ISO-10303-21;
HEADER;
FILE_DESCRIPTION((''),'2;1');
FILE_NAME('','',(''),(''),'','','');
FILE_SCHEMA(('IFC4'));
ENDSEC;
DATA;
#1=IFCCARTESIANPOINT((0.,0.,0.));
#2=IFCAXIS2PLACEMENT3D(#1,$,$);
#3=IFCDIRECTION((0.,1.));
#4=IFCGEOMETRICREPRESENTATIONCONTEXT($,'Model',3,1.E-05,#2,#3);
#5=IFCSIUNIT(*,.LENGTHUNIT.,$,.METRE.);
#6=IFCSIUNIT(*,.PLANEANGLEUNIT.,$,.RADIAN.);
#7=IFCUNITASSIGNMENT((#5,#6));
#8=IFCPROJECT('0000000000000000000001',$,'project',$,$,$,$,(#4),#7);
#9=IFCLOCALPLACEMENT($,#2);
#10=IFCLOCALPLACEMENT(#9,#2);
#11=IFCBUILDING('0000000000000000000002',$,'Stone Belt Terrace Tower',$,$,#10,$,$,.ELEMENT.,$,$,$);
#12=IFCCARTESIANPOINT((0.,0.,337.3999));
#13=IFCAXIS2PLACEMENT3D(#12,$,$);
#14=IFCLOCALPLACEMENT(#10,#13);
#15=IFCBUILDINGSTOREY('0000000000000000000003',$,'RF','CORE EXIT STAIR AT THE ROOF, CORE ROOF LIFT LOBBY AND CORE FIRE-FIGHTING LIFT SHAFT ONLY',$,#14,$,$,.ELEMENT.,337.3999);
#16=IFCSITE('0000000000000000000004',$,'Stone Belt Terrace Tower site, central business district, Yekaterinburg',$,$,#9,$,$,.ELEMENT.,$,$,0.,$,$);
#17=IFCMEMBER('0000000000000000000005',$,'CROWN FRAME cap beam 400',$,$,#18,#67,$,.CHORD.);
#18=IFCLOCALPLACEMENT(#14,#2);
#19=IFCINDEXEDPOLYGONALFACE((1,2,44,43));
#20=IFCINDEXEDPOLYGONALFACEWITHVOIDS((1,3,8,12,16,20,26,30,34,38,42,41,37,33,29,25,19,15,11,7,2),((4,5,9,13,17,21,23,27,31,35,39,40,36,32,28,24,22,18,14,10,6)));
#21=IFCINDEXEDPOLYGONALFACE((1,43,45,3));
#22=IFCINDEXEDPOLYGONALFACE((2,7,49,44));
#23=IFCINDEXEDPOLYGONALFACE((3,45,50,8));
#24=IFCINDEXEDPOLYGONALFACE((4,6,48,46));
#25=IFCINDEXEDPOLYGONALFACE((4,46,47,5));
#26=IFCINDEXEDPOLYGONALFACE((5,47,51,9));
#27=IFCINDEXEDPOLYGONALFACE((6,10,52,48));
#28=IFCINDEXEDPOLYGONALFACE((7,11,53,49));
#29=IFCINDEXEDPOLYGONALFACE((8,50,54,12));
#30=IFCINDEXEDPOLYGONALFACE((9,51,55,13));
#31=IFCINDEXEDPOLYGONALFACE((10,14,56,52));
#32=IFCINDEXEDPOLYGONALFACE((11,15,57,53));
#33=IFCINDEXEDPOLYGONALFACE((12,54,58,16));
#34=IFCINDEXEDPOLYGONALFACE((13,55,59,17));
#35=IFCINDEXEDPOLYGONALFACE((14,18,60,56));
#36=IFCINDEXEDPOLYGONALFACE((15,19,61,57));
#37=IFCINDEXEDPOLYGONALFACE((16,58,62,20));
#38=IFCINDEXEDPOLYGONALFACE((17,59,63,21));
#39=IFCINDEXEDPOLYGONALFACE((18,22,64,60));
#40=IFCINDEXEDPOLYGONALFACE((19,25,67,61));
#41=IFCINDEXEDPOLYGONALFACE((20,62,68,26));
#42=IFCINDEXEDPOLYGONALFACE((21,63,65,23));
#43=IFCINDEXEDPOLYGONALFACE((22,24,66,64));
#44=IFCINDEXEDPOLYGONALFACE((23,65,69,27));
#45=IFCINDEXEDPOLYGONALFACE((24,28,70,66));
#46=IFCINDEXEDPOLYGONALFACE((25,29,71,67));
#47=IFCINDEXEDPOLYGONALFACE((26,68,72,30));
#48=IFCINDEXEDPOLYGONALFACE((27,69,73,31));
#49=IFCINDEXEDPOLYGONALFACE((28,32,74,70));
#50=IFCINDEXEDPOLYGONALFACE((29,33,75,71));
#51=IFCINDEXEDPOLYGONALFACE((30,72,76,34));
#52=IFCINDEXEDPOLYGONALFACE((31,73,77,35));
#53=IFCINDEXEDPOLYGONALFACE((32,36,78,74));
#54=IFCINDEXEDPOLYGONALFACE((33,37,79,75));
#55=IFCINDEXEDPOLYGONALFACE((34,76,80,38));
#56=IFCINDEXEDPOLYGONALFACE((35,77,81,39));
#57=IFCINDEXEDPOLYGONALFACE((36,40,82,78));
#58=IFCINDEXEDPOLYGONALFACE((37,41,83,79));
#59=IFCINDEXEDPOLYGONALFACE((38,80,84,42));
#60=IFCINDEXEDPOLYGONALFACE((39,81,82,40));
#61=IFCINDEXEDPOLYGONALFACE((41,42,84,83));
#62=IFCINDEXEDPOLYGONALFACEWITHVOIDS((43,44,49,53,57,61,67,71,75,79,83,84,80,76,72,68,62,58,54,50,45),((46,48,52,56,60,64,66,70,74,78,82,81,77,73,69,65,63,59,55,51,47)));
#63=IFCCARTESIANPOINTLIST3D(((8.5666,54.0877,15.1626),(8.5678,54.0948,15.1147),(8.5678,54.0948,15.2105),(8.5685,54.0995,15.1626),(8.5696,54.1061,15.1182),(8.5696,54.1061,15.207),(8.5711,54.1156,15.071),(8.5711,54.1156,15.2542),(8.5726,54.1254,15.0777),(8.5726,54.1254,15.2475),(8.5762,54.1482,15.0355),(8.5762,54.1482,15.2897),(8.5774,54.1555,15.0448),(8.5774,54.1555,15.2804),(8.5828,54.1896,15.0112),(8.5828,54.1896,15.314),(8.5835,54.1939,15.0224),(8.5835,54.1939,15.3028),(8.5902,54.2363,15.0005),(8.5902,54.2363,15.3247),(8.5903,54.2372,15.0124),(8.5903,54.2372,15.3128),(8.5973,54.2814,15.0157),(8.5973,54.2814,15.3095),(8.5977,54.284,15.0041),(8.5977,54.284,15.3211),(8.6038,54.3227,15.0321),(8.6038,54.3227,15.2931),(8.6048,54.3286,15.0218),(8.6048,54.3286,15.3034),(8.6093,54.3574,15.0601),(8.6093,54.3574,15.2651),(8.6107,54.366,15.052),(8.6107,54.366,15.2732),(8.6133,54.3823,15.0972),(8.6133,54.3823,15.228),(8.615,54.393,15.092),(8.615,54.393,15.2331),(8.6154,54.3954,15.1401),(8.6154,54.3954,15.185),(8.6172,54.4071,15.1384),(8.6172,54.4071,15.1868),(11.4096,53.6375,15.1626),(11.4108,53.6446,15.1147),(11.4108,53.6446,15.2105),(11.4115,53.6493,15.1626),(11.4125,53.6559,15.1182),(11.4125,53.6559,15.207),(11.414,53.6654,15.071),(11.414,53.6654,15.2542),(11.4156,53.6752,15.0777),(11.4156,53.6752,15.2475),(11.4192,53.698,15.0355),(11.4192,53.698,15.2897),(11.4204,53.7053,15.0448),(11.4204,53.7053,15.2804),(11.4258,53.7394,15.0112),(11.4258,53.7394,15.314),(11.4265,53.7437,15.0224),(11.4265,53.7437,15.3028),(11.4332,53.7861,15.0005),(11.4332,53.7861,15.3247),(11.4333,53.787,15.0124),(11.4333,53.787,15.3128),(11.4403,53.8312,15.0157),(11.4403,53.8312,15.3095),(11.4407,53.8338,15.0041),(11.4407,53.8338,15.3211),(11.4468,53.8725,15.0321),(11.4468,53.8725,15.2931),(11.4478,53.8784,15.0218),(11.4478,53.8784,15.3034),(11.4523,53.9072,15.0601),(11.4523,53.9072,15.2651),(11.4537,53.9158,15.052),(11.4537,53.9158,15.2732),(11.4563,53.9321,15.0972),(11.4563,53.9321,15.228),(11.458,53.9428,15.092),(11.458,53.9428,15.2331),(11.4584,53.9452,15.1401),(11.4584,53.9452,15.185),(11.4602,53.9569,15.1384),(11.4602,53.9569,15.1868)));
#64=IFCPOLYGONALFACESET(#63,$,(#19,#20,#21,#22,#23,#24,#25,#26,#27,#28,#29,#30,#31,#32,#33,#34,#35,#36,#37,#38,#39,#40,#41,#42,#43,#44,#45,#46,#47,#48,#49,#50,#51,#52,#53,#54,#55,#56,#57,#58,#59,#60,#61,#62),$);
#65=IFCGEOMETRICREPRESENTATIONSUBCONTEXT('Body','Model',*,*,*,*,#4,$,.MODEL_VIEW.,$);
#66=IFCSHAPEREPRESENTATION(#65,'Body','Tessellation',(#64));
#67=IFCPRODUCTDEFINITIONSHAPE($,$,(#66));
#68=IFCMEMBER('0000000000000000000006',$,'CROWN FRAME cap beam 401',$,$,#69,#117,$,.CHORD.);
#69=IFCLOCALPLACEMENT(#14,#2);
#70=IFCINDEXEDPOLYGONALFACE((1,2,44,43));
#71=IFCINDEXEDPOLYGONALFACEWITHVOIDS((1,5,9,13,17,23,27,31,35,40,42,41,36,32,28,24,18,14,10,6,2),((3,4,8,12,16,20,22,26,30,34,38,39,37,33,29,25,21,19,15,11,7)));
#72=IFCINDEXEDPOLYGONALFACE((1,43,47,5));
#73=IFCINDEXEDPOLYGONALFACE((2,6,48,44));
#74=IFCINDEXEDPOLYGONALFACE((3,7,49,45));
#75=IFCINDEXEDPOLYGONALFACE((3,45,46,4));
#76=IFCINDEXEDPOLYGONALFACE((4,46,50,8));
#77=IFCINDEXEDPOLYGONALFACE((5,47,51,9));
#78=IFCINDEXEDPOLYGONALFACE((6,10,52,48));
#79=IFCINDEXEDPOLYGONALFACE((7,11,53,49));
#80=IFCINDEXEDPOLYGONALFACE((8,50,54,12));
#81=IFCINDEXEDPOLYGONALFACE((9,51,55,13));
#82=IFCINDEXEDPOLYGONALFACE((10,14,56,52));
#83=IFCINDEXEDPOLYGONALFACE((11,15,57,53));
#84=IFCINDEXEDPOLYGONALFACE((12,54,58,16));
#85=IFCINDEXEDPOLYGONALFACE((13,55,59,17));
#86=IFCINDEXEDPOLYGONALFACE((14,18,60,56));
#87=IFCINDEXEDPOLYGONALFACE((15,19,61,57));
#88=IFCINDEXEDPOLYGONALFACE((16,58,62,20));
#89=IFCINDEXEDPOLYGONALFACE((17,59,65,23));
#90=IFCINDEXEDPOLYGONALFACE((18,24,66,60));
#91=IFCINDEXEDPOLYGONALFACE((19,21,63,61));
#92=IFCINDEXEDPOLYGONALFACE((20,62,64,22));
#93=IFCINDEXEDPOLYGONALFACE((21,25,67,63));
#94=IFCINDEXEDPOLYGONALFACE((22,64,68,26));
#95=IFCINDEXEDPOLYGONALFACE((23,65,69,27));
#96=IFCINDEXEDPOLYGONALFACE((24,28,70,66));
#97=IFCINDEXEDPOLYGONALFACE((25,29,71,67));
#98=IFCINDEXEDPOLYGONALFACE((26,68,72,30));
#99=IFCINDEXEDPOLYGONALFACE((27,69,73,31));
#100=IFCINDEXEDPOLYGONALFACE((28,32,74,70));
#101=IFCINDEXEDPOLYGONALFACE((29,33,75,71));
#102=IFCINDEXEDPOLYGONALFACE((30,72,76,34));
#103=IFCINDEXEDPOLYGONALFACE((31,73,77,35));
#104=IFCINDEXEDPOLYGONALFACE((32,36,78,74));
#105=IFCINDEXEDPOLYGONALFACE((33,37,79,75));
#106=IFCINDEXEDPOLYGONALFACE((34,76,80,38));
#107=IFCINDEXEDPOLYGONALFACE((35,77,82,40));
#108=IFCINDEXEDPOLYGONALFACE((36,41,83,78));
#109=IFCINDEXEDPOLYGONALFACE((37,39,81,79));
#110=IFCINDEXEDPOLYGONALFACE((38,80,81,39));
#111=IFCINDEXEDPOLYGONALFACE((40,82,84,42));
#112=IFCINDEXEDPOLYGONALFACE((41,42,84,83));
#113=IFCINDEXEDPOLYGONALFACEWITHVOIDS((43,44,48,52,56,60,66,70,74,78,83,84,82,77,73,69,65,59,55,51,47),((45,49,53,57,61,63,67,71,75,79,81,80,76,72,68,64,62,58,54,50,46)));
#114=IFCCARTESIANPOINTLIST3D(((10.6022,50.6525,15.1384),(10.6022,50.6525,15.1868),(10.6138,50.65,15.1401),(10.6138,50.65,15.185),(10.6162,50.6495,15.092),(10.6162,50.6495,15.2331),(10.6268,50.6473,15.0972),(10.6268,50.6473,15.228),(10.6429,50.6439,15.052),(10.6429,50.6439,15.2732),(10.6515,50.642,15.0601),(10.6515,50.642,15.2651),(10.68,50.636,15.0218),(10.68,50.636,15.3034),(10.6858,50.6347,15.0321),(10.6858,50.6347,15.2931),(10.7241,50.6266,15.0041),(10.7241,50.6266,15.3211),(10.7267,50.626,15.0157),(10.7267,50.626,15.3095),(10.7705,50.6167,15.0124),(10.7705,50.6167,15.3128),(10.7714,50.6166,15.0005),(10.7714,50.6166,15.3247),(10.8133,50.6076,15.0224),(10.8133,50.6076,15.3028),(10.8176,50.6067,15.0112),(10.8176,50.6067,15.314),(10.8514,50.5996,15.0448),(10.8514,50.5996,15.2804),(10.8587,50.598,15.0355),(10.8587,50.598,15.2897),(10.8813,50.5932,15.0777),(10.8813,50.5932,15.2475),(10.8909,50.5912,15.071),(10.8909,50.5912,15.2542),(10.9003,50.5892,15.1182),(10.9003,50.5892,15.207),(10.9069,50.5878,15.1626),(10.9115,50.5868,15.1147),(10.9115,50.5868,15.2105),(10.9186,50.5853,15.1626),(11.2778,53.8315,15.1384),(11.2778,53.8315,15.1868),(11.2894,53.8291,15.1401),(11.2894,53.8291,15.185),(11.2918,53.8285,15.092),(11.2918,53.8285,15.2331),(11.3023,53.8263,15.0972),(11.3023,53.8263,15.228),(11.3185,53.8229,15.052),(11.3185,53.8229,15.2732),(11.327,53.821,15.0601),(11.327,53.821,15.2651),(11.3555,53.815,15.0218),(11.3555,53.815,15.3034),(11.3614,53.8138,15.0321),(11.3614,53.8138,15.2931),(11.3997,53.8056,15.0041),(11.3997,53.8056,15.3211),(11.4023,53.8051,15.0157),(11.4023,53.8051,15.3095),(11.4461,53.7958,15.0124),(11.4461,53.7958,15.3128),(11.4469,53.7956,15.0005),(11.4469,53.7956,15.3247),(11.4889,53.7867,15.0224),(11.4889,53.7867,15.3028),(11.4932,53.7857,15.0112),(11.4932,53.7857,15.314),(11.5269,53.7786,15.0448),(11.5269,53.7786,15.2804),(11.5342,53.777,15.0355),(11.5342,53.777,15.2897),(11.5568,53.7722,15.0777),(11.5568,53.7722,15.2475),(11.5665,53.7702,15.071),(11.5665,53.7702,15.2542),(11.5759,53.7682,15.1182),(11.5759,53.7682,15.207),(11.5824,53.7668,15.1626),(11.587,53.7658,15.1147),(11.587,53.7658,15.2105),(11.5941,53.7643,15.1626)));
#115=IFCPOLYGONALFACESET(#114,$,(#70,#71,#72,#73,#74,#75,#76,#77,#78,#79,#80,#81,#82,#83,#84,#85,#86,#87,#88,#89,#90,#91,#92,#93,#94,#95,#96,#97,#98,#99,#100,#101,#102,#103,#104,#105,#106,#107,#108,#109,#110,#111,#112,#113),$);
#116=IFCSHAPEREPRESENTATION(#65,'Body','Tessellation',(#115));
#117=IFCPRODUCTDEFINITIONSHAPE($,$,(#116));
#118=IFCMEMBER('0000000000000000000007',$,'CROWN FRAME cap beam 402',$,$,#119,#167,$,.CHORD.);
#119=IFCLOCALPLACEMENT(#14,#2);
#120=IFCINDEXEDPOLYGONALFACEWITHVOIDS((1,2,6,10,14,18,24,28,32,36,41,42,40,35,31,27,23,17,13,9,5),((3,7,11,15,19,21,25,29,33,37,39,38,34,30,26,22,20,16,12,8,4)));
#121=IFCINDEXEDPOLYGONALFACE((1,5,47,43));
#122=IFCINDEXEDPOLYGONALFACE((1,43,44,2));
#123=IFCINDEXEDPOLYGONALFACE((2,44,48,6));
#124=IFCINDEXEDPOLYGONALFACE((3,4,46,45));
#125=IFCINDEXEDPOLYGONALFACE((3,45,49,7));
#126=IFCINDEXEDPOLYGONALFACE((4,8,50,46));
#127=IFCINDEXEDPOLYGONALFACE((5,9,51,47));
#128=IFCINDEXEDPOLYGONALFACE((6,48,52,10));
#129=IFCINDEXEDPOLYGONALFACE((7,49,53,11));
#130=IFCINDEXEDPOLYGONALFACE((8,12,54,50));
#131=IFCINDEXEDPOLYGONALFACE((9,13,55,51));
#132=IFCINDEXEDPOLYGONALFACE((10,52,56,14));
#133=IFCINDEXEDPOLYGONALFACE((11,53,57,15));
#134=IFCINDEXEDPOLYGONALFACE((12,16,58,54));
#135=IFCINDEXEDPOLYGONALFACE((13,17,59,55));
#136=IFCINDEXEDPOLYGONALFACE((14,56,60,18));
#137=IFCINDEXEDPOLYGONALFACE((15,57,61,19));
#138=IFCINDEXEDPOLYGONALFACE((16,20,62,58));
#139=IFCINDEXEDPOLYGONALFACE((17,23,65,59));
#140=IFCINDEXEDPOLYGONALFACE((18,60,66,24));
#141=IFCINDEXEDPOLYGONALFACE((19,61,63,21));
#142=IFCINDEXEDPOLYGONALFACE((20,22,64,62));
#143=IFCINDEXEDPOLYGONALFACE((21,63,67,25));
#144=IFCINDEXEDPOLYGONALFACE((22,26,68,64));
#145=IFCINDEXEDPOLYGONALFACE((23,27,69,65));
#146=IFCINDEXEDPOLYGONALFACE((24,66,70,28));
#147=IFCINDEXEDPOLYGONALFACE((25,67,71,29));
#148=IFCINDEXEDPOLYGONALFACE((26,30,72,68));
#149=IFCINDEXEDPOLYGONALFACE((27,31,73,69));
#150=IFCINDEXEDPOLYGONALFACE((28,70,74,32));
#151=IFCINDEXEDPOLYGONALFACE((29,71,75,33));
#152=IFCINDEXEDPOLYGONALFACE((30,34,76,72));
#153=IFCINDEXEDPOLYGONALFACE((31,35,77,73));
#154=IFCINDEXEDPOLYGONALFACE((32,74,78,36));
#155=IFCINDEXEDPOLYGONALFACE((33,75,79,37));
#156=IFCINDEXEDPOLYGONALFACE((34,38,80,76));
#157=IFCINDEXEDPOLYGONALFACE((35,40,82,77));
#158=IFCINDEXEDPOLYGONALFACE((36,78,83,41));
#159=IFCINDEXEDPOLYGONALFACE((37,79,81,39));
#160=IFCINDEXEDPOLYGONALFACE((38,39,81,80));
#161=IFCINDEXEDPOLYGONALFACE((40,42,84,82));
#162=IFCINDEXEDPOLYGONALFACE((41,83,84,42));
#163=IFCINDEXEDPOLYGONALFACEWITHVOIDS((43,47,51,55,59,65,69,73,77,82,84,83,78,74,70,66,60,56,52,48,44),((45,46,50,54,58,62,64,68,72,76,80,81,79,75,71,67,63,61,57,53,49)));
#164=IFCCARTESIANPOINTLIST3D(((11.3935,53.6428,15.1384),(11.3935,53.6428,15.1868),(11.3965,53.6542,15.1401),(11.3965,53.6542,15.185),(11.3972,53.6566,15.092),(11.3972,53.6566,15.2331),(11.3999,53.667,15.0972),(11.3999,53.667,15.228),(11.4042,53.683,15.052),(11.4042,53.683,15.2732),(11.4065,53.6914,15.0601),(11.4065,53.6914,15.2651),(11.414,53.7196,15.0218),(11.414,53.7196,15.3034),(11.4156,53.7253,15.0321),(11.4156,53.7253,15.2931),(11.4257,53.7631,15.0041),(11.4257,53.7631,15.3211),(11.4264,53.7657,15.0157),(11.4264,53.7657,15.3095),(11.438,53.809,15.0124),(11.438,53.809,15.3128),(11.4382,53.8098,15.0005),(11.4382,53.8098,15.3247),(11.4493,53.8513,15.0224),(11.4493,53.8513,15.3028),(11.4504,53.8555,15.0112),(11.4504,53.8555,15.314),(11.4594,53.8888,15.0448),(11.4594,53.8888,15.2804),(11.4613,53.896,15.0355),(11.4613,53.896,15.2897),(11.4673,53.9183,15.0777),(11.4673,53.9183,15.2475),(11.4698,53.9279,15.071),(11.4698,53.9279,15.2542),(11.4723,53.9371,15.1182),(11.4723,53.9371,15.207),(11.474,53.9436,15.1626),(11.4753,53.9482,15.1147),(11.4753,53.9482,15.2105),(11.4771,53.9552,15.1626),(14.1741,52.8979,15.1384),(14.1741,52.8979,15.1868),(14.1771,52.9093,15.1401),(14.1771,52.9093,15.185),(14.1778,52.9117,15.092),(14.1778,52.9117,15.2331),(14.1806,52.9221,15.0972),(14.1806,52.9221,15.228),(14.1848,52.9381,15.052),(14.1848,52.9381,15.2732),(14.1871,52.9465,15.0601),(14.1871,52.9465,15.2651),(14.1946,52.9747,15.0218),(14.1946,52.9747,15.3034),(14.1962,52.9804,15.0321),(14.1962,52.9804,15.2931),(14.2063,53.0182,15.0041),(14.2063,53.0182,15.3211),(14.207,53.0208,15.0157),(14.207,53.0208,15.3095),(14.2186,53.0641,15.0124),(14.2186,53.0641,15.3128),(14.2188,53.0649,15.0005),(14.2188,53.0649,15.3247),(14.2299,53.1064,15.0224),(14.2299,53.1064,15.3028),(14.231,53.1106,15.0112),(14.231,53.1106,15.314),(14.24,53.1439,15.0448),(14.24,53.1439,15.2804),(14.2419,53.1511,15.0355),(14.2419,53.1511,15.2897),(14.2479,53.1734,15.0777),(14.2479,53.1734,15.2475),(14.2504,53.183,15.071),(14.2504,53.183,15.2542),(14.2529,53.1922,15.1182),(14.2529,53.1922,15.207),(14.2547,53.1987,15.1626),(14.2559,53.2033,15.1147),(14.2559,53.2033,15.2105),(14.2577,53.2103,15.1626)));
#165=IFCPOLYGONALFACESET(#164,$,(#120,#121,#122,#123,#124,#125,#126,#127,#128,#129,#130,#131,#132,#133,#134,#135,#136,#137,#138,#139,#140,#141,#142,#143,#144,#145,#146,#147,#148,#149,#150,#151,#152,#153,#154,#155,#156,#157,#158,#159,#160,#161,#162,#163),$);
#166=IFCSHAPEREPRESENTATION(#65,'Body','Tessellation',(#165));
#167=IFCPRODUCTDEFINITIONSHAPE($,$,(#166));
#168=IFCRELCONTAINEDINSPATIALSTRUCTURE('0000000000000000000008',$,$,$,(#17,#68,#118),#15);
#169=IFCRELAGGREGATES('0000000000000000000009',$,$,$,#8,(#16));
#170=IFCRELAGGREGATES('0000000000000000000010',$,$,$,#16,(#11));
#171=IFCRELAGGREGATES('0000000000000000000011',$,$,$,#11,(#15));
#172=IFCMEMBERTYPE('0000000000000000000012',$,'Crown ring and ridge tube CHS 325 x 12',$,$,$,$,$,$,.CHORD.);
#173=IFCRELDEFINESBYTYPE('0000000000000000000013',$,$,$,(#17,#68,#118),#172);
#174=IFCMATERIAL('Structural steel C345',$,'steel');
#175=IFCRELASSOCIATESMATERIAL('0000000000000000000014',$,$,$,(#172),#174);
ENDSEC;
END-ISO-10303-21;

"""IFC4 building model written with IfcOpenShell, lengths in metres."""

from ifc_helpers import new_model, si_unit, direction, frame, origin, origin_2d, place, context, subcontext, project, spatial, hollow_circle, extrude, material, material_profile, profile_set, type_object, element, save


model = new_model("IFC4")

# Units and contexts
model_context = context("Model", 3, precision=1e-05, world=origin(), true_north=direction((0.0, 1.0)))
body_context = subcontext(model_context, "Body", "Model", "MODEL_VIEW")
ifc_project = project(units=[si_unit("LENGTHUNIT", "METRE"), si_unit("PLANEANGLEUNIT", "RADIAN")], contexts=[model_context])

# Site, building, storey
site_placement = place(None, origin())
site = spatial("IfcSite", under=ifc_project, at=site_placement, Name="Stone Belt Terrace Tower site, central business district, Yekaterinburg", CompositionType="ELEMENT", RefElevation=0.0)
building_placement = place(site_placement, origin())
building = spatial("IfcBuilding", under=site, at=building_placement, Name="Stone Belt Terrace Tower", CompositionType="ELEMENT")
storey_placement = place(building_placement, frame((0.0, 0.0, 337.3999)))
storey = spatial("IfcBuildingStorey", under=building, at=storey_placement, Name="RF", Description="CORE EXIT STAIR AT THE ROOF, CORE ROOF LIFT LOBBY AND CORE FIRE-FIGHTING LIFT SHAFT ONLY", CompositionType="ELEMENT", Elevation=337.3999)

# Members
ifc_material_1 = material(Name="Structural steel C345", Category="steel")
ifc_material_profile = material_profile(ifc_material_1, hollow_circle(Radius=0.1626, WallThickness=0.012, at=origin_2d()), Name="Structural steel C345 CHS 325x12")
ifc_profile_set = profile_set([ifc_material_profile], Name="Structural steel C345")
member_type = type_object("IfcMemberType", Name="Crown ring and ridge tube CHS 325 x 12", PredefinedType="CHORD", material=ifc_profile_set)
member_1_placement = place(storey_placement, frame((11.4351, 53.7981, 15.1626), z_axis=(-0.987693, 0.156402, 0.0), x_axis=(-0.156402, -0.987693, 0.0)))
element("IfcMember", 1, at=member_1_placement, inside=storey, type_object=member_type, Name="CROWN FRAME cap beam 400", PredefinedType="CHORD", context=body_context, shape_type="SweptSolid", body=[
    extrude(hollow_circle(Radius=0.1626, WallThickness=0.012, at=origin_2d()), origin(), (0.0, 0.0, 1.0), 2.8784),
])
member_2_placement = place(storey_placement, frame((11.4351, 53.7981, 15.1626), z_axis=(-0.207861, -0.978158, 0.0), x_axis=(0.978158, -0.207861, 0.0)))
element("IfcMember", 2, at=member_2_placement, inside=storey, type_object=member_type, Name="CROWN FRAME cap beam 401", PredefinedType="CHORD", context=body_context, shape_type="SweptSolid", body=[
    extrude(hollow_circle(Radius=0.1626, WallThickness=0.012, at=origin_2d()), origin(), (0.0, 0.0, 1.0), 3.25),
])
member_3_placement = place(storey_placement, frame((11.4351, 53.7981, 15.1626), z_axis=(0.96594, -0.258766, 0.0), x_axis=(0.258766, 0.96594, 0.0)))
element("IfcMember", 3, at=member_3_placement, inside=storey, type_object=member_type, Name="CROWN FRAME cap beam 402", PredefinedType="CHORD", context=body_context, shape_type="SweptSolid", body=[
    extrude(hollow_circle(Radius=0.1626, WallThickness=0.012, at=origin_2d()), origin(), (0.0, 0.0, 1.0), 2.8787),
])

save(model, "model.ifc")
